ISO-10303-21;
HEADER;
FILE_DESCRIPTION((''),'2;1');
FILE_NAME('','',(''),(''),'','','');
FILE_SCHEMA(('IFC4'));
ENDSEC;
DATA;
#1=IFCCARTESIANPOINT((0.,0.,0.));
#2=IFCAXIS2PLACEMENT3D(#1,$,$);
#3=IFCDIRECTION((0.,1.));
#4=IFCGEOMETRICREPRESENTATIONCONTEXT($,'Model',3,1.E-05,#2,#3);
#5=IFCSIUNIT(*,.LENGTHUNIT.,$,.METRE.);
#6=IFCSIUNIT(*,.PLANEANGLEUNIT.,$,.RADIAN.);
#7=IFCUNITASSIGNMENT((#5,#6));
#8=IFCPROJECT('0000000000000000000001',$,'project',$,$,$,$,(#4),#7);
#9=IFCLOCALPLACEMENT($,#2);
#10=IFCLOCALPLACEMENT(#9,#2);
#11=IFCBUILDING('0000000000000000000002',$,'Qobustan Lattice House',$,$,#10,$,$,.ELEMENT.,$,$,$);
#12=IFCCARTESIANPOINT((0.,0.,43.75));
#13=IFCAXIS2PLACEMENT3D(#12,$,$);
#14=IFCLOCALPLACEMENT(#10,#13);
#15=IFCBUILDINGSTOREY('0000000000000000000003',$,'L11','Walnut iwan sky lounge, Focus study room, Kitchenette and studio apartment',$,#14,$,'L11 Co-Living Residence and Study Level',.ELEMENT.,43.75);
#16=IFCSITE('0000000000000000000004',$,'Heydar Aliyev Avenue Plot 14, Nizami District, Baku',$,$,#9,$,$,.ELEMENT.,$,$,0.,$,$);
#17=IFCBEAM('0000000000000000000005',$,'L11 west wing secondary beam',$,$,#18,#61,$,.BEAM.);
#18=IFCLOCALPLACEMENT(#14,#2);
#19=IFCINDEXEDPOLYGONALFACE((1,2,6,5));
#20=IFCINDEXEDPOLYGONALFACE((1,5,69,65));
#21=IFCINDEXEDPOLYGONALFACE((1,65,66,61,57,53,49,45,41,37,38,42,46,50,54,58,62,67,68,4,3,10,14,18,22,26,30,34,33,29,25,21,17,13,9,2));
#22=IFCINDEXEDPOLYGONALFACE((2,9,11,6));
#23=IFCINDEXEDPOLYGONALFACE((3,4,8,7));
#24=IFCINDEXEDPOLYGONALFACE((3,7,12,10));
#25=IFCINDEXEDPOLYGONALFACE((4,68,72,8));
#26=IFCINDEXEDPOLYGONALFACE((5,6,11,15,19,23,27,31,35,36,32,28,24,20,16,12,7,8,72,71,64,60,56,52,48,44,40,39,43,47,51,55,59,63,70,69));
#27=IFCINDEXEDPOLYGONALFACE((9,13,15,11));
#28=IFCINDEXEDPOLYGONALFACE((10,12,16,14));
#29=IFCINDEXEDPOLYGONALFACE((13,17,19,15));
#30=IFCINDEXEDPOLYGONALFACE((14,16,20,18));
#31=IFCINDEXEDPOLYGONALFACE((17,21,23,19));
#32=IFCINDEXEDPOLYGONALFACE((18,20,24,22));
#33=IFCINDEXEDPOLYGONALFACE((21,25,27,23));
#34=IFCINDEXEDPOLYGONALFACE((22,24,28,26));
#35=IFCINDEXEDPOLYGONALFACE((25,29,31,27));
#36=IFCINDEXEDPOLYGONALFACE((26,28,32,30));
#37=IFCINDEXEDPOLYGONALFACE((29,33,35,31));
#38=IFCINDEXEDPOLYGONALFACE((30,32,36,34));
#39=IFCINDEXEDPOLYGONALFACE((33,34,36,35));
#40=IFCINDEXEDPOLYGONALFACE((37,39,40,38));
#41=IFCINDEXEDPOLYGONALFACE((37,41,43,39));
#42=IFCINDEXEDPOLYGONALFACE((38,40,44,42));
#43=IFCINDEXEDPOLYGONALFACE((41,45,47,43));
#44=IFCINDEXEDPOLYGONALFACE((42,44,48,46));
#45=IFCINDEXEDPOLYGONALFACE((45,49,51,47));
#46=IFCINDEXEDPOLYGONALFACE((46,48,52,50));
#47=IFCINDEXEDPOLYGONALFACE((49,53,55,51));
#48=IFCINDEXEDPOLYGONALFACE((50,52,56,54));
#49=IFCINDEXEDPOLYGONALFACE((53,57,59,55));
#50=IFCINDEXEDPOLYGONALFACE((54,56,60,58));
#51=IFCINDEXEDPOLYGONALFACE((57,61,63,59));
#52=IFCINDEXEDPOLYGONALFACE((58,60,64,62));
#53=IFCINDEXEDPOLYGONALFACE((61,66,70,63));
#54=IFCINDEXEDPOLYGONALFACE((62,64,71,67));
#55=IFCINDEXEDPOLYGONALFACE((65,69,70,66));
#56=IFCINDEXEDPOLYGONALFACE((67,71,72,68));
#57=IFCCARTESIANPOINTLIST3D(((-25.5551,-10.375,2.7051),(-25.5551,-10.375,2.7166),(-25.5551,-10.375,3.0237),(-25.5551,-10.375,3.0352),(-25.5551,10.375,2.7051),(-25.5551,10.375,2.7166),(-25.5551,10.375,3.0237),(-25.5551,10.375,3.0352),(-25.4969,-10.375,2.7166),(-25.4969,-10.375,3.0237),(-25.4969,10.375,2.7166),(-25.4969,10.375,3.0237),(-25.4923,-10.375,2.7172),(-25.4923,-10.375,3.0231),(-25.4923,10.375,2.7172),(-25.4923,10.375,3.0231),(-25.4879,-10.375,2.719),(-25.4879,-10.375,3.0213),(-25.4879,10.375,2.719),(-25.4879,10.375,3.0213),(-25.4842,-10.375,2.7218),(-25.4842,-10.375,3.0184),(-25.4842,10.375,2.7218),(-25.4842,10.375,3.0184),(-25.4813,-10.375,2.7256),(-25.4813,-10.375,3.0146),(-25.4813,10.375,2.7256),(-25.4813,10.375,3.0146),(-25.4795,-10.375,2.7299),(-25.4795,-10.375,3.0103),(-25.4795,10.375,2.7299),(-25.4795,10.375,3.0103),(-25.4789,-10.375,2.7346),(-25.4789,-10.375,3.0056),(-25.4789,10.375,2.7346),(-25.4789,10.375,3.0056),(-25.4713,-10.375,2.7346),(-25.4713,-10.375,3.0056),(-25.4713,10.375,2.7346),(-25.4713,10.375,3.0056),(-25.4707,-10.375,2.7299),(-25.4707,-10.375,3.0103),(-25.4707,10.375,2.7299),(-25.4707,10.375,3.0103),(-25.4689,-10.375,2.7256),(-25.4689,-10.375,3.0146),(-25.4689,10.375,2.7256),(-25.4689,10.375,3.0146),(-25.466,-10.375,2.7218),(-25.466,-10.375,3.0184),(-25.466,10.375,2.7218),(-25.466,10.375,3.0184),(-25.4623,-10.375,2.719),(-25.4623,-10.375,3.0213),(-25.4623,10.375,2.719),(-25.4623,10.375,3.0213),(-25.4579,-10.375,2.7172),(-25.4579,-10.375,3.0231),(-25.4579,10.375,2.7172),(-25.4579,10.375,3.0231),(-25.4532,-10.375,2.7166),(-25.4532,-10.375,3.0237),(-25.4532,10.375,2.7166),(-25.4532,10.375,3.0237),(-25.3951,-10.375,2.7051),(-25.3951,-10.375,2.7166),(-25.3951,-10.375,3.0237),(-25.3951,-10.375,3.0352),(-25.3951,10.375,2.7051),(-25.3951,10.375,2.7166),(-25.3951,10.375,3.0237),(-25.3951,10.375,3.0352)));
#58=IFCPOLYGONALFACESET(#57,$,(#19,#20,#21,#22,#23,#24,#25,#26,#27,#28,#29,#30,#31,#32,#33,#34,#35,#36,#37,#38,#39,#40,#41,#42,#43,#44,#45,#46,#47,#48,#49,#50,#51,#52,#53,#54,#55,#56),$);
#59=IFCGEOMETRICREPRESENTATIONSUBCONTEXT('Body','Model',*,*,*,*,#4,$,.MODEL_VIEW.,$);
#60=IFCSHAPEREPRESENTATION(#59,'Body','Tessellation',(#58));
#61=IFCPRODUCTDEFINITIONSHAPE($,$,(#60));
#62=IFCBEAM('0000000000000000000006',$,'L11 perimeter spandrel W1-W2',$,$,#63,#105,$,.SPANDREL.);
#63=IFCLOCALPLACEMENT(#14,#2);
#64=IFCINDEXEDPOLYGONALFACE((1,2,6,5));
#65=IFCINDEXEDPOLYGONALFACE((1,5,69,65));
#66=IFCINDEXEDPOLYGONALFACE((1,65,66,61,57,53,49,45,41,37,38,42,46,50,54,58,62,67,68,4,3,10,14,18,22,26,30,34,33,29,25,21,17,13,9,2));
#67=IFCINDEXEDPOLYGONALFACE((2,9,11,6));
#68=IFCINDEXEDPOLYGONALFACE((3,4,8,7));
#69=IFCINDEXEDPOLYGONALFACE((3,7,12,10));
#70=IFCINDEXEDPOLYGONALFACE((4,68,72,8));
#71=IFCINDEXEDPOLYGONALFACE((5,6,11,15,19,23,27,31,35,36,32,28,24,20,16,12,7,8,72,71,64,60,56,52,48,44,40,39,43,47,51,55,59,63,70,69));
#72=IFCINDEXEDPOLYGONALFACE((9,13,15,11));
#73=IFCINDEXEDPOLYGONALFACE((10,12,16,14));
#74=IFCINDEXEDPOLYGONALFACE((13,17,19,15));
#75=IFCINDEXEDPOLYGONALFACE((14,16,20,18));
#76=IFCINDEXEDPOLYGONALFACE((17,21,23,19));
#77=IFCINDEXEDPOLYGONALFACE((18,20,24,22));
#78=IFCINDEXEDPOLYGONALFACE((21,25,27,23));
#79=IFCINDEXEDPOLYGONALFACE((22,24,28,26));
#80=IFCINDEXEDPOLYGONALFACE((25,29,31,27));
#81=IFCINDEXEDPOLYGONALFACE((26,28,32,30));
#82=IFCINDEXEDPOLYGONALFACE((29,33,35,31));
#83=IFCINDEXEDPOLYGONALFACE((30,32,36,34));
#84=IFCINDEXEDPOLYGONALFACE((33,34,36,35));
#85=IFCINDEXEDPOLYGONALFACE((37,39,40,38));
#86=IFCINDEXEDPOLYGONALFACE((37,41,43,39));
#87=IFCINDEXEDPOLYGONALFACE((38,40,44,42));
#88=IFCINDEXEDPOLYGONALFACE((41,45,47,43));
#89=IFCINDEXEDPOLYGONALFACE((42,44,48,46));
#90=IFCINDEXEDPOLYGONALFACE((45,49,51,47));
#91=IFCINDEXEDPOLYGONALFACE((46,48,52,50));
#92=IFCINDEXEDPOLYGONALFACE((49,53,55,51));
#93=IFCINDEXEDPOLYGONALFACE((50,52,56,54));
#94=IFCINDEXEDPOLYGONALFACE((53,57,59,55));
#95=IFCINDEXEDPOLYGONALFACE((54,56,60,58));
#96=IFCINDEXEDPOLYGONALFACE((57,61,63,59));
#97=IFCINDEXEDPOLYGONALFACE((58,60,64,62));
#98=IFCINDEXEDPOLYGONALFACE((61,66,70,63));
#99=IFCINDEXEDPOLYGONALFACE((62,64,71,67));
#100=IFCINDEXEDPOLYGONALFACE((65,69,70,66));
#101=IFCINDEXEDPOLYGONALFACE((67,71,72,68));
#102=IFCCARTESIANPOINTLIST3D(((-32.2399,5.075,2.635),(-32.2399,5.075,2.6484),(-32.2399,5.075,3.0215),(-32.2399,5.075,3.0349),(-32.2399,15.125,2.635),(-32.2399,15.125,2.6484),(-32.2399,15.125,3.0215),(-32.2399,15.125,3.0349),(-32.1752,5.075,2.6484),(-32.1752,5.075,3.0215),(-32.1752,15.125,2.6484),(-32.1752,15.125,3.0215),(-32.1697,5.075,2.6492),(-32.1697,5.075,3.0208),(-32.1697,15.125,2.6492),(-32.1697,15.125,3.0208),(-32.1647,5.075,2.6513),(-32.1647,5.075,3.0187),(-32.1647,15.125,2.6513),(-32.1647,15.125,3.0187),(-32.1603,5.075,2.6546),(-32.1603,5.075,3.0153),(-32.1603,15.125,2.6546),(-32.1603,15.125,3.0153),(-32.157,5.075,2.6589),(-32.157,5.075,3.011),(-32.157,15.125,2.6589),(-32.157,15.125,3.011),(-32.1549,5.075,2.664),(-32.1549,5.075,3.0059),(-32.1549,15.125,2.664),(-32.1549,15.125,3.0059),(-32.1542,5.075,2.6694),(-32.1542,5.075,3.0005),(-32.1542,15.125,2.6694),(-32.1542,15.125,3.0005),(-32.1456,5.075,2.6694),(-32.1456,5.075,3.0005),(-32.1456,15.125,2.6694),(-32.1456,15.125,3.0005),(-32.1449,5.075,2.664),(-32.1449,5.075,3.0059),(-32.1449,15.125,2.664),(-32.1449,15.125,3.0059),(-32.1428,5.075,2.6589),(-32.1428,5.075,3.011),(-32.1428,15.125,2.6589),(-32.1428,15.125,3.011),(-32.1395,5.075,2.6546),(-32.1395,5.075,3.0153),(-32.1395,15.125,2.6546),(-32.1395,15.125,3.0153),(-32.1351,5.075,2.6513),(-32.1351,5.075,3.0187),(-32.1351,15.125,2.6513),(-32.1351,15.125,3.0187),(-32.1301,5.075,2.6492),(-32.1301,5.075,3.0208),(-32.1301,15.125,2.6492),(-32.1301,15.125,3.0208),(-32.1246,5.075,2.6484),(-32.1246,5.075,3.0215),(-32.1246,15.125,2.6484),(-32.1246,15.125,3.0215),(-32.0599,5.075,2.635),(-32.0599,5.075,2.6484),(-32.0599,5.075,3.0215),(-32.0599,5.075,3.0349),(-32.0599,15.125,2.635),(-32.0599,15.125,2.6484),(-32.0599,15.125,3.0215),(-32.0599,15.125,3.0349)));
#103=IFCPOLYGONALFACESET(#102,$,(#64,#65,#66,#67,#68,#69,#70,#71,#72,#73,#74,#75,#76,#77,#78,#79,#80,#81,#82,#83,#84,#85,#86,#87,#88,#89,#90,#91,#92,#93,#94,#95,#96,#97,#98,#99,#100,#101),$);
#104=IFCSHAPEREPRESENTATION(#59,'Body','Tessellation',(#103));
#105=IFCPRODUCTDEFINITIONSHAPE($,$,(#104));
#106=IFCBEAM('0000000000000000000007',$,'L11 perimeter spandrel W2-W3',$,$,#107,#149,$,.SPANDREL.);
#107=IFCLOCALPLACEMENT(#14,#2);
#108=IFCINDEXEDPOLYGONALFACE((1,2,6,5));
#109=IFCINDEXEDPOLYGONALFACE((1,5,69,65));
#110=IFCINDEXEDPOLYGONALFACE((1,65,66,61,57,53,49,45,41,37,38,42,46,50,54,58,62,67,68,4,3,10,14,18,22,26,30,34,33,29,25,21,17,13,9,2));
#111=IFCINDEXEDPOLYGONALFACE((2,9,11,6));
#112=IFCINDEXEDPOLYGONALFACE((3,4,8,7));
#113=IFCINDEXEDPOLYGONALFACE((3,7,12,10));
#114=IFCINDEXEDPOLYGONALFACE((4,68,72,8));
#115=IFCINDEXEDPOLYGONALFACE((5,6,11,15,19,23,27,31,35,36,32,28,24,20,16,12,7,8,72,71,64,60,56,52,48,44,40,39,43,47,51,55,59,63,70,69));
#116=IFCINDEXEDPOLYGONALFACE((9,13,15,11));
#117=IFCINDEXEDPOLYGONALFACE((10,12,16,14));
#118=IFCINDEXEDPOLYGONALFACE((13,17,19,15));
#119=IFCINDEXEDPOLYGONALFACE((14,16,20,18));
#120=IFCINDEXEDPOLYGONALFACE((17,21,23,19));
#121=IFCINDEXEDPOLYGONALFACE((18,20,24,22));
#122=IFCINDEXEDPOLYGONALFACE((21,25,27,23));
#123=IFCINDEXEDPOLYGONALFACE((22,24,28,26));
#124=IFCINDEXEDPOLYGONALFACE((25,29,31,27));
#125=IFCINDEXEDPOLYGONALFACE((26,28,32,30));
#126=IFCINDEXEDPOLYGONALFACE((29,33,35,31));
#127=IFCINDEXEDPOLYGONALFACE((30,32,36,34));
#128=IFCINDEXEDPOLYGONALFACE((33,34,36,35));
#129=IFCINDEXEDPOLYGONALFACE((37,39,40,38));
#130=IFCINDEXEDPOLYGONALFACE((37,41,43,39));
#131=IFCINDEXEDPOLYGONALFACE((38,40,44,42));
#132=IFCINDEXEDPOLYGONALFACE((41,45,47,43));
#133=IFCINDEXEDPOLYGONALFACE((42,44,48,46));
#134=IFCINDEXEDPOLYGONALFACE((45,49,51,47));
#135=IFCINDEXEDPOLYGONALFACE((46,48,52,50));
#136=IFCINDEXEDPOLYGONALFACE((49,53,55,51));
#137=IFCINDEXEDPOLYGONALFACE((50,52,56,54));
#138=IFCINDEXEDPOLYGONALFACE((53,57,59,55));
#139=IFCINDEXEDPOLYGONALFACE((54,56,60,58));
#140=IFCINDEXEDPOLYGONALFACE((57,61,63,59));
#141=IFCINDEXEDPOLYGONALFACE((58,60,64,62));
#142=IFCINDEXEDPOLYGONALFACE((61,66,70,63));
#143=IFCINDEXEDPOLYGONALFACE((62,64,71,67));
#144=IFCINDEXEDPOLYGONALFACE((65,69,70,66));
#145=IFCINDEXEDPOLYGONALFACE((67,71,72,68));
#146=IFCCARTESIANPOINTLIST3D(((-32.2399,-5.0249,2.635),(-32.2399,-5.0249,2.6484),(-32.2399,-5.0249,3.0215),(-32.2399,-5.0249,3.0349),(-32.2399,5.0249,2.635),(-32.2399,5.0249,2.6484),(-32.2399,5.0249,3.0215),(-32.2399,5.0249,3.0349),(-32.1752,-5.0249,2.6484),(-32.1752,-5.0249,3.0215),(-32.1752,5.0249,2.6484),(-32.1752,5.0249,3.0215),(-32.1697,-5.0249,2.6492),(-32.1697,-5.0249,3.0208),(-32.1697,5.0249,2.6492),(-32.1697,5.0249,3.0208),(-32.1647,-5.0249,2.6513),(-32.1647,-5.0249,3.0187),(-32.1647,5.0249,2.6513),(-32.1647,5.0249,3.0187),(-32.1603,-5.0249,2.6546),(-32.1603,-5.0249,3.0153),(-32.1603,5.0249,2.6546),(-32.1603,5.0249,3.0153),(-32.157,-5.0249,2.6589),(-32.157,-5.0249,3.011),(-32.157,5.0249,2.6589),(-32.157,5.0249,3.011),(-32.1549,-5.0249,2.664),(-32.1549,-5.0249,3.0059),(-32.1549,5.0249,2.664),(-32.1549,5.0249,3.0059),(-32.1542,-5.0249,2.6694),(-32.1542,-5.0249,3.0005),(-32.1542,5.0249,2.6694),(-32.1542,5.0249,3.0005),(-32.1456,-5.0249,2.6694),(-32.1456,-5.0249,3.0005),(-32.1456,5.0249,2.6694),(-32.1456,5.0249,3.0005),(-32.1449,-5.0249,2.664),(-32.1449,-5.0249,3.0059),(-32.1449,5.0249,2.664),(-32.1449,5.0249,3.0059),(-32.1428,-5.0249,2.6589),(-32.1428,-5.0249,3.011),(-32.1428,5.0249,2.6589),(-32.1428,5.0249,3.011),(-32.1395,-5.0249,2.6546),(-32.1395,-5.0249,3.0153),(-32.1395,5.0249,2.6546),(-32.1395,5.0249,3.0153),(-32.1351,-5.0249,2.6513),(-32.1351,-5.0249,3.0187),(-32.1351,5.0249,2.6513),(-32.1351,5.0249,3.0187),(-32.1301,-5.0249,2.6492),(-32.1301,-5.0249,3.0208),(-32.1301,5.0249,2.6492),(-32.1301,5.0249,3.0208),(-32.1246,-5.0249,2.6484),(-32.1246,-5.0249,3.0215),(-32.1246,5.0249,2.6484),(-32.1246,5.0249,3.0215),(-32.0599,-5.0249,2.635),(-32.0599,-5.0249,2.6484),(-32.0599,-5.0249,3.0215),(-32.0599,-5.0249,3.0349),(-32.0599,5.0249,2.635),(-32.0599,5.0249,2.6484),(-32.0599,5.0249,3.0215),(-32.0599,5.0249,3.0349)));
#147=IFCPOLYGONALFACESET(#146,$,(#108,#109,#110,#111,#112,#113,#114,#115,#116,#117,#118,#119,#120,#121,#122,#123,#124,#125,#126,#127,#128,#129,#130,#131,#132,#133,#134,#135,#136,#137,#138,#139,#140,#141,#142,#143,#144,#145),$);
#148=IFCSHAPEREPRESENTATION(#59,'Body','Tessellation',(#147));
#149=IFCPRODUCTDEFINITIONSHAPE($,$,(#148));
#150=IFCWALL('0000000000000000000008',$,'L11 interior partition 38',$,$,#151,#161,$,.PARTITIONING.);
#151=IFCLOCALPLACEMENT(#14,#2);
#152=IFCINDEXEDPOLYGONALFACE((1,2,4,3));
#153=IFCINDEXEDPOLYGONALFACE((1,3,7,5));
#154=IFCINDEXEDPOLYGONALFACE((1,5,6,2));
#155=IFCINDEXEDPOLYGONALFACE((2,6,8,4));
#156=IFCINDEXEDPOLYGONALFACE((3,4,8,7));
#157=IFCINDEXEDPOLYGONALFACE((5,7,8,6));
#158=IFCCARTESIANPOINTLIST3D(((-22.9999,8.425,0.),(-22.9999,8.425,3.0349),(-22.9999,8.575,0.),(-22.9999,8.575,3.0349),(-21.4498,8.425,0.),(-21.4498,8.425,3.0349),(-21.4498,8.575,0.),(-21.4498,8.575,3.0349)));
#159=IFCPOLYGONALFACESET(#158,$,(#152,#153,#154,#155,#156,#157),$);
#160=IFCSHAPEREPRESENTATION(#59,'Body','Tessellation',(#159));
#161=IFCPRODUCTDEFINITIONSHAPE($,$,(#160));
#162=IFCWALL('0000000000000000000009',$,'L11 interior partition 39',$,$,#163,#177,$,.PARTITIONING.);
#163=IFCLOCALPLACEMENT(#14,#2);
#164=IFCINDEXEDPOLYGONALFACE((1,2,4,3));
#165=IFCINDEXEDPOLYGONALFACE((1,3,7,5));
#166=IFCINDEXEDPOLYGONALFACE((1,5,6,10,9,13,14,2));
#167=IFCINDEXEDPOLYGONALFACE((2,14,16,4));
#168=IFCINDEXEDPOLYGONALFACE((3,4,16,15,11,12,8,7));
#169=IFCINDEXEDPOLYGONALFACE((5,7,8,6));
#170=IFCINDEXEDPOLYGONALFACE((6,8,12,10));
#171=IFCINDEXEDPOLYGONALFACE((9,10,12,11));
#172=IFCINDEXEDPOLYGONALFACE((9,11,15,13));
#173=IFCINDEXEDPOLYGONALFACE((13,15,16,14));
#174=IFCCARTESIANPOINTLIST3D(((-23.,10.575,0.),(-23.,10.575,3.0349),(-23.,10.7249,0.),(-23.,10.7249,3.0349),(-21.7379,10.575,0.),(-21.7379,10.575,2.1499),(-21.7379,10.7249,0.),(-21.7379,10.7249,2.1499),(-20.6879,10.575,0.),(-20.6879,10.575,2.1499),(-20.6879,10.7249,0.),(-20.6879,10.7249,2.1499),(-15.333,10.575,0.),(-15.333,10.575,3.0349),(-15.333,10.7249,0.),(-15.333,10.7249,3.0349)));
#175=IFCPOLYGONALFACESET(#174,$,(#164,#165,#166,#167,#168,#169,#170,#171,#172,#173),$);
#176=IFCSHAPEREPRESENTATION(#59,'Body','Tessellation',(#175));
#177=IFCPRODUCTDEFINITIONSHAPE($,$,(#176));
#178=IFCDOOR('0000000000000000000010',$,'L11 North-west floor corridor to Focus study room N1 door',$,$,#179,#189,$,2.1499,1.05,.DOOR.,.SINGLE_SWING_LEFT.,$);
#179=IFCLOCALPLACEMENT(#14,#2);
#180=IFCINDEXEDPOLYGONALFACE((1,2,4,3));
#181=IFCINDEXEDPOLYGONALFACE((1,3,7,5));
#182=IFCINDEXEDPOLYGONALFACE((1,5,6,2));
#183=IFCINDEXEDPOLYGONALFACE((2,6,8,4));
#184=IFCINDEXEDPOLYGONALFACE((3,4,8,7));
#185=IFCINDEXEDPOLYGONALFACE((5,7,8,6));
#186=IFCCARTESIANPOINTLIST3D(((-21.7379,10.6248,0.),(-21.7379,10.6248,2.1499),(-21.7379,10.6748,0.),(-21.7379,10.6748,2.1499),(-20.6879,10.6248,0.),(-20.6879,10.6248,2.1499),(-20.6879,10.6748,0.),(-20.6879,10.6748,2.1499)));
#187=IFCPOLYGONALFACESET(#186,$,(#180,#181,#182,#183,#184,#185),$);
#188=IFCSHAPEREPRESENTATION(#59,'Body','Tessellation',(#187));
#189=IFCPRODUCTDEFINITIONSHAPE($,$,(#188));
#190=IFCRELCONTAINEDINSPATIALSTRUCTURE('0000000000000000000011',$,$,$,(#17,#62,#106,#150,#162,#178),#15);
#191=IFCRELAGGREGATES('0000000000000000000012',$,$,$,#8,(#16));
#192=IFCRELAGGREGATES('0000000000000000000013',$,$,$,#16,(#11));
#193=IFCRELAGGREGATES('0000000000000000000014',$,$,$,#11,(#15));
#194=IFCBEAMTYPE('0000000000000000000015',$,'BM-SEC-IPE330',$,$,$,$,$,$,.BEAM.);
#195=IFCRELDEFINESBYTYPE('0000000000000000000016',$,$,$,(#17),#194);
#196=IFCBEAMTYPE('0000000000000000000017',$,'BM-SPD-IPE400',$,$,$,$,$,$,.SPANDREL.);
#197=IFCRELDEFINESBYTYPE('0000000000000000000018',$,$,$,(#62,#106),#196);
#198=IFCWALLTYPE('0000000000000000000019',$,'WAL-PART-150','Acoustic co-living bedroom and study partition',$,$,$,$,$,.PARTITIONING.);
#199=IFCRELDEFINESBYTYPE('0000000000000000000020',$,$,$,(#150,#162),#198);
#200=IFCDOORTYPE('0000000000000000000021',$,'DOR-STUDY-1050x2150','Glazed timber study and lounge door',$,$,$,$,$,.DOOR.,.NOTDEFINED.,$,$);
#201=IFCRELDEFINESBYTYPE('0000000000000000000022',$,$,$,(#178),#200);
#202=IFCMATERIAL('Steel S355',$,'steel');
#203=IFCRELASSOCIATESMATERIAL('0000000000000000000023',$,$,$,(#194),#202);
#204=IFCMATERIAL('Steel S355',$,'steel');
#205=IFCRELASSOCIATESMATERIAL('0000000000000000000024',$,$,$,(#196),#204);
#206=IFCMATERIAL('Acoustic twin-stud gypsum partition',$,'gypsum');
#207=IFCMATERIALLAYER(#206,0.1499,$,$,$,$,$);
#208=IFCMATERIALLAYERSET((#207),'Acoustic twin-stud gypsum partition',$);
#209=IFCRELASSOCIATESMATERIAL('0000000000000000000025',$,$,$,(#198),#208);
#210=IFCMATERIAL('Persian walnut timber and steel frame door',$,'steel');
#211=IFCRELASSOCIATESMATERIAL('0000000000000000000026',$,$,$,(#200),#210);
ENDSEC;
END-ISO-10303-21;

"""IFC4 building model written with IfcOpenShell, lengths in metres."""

from ifc_helpers import new_model, si_unit, direction, frame, frame_2d, origin, origin_2d, place, context, subcontext, project, spatial, rectangle, i_section, extrude, material, layer, layer_set, material_profile, profile_set, type_object, element, fill, save


model = new_model("IFC4")

# Units and contexts
model_context = context("Model", 3, precision=1e-05, world=origin(), true_north=direction((0.0, 1.0)))
body_context = subcontext(model_context, "Body", "Model", "MODEL_VIEW")
ifc_project = project(units=[si_unit("LENGTHUNIT", "METRE"), si_unit("PLANEANGLEUNIT", "RADIAN")], contexts=[model_context])

# Site, building, storey
site_placement = place(None, origin())
site = spatial("IfcSite", under=ifc_project, at=site_placement, Name="Heydar Aliyev Avenue Plot 14, Nizami District, Baku", CompositionType="ELEMENT", RefElevation=0.0)
building_placement = place(site_placement, origin())
building = spatial("IfcBuilding", under=site, at=building_placement, Name="Qobustan Lattice House", CompositionType="ELEMENT")
storey_placement = place(building_placement, frame((0.0, 0.0, 43.75)))
storey = spatial("IfcBuildingStorey", under=building, at=storey_placement, Name="L11", Description="Walnut iwan sky lounge, Focus study room, Kitchenette and studio apartment", LongName="L11 Co-Living Residence and Study Level", CompositionType="ELEMENT", Elevation=43.75)

# Beams
ifc_material_1 = material(Name="Steel S355", Category="steel")
ifc_material_profile_1 = material_profile(ifc_material_1, i_section(OverallWidth=0.1599, OverallDepth=0.3301, WebThickness=0.0076, FlangeThickness=0.0115, FilletRadius=0.0181, at=origin_2d()), Name="IPE330")
ifc_profile_set_1 = profile_set([ifc_material_profile_1], Name="Steel S355")
beam_type_1 = type_object("IfcBeamType", Name="BM-SEC-IPE330", PredefinedType="BEAM", material=ifc_profile_set_1)
beam_1_placement = place(storey_placement, frame((-25.4751, 10.375, 2.8701), z_axis=(0.0, -1.0, 0.0), x_axis=(1.0, 0.0, 0.0)))
element("IfcBeam", 1, at=beam_1_placement, inside=storey, type_object=beam_type_1, Name="L11 west wing secondary beam", PredefinedType="BEAM", context=body_context, shape_type="SweptSolid", body=[
    extrude(i_section(OverallWidth=0.1599, OverallDepth=0.3301, WebThickness=0.0076, FlangeThickness=0.0115, FilletRadius=0.0181, at=origin_2d()), origin(), (0.0, 0.0, 1.0), 20.75),
])
ifc_material_2 = material(Name="Steel S355", Category="steel")
ifc_material_profile_2 = material_profile(ifc_material_2, i_section(OverallWidth=0.1799, OverallDepth=0.3999, WebThickness=0.0085, FlangeThickness=0.0134, FilletRadius=0.021, at=origin_2d()), Name="IPE400")
ifc_profile_set_2 = profile_set([ifc_material_profile_2], Name="Steel S355")
beam_type_2 = type_object("IfcBeamType", Name="BM-SPD-IPE400", PredefinedType="SPANDREL", material=ifc_profile_set_2)
beam_2_placement = place(storey_placement, frame((-32.1499, 15.125, 2.835), z_axis=(0.0, -1.0, 0.0), x_axis=(1.0, 0.0, 0.0)))
element("IfcBeam", 2, at=beam_2_placement, inside=storey, type_object=beam_type_2, Name="L11 perimeter spandrel W1-W2", PredefinedType="SPANDREL", context=body_context, shape_type="SweptSolid", body=[
    extrude(i_section(OverallWidth=0.1799, OverallDepth=0.3999, WebThickness=0.0085, FlangeThickness=0.0134, FilletRadius=0.021, at=origin_2d()), origin(), (0.0, 0.0, 1.0), 10.05),
])
beam_3_placement = place(storey_placement, frame((-32.1499, 5.0249, 2.835), z_axis=(0.0, -1.0, 0.0), x_axis=(1.0, 0.0, 0.0)))
element("IfcBeam", 3, at=beam_3_placement, inside=storey, type_object=beam_type_2, Name="L11 perimeter spandrel W2-W3", PredefinedType="SPANDREL", context=body_context, shape_type="SweptSolid", body=[
    extrude(i_section(OverallWidth=0.1799, OverallDepth=0.3999, WebThickness=0.0085, FlangeThickness=0.0134, FilletRadius=0.021, at=origin_2d()), origin(), (0.0, 0.0, 1.0), 10.0498),
])

# Wall
ifc_material_3 = material(Name="Acoustic twin-stud gypsum partition", Category="gypsum")
ifc_layer_1 = layer(ifc_material_3, 0.1499)
ifc_layer_set_1 = layer_set([ifc_layer_1], Name="Acoustic twin-stud gypsum partition")
wall_type_1 = type_object("IfcWallType", Name="WAL-PART-150", Description="Acoustic co-living bedroom and study partition", PredefinedType="PARTITIONING", material=ifc_layer_set_1)
wall_1_placement = place(storey_placement, frame((-21.45, 8.5, 0.0), z_axis=(0.0, 0.0, 1.0), x_axis=(-1.0, 0.0, 0.0)))
element("IfcWall", 4, at=wall_1_placement, inside=storey, type_object=wall_type_1, Name="L11 interior partition 38", PredefinedType="PARTITIONING", context=body_context, shape_type="SweptSolid", body=[
    extrude(rectangle(XDim=1.55, YDim=0.1499, at=frame_2d((0.7749, 0.0))), origin(), (0.0, 0.0, 1.0), 3.0349),
])

# Wall, opening, door
wall_2_placement = place(storey_placement, frame((-23.0, 10.6499, 0.0), z_axis=(0.0, 0.0, 1.0), x_axis=(1.0, 0.0, 0.0)))
wall_2 = element("IfcWall", 5, at=wall_2_placement, inside=storey, type_object=wall_type_1, Name="L11 interior partition 39", PredefinedType="PARTITIONING", context=body_context, shape_type="SweptSolid", body=[
    extrude(rectangle(XDim=7.667, YDim=0.1499, at=frame_2d((3.8335, 0.0))), origin(), (0.0, 0.0, 1.0), 3.0349),
])
opening_1_placement = place(wall_2_placement, frame((1.2622, 0.0, 0.0)))
opening_1 = element("IfcOpeningElement", 6, at=opening_1_placement, cuts=wall_2, PredefinedType="OPENING", context=body_context, shape_type="SweptSolid", body=[
    extrude(rectangle(XDim=1.05, YDim=2.1499, at=frame_2d((0.5249, 1.075))), frame((0.0, 0.085, 0.0), z_axis=(0.0, -1.0, 0.0), x_axis=(1.0, 0.0, 0.0)), (0.0, 0.0, 1.0), 0.1699),
])
ifc_material_4 = material(Name="Persian walnut timber and steel frame door", Category="steel")
door_type_1 = type_object("IfcDoorType", Name="DOR-STUDY-1050x2150", Description="Glazed timber study and lounge door", OperationType="NOTDEFINED", PredefinedType="DOOR", material=ifc_material_4)
door_1_placement = place(opening_1_placement, origin())
door_1 = element("IfcDoor", 7, at=door_1_placement, inside=storey, type_object=door_type_1, Name="L11 North-west floor corridor to Focus study room N1 door", OperationType="SINGLE_SWING_LEFT", OverallHeight=2.1499, OverallWidth=1.05, PredefinedType="DOOR", context=body_context, shape_type="SweptSolid", body=[
    extrude(rectangle(XDim=1.05, YDim=2.1499, at=frame_2d((0.5249, 1.075))), frame((0.0, 0.0249, 0.0), z_axis=(0.0, -1.0, 0.0), x_axis=(1.0, 0.0, 0.0)), (0.0, 0.0, 1.0), 0.05),
])
fill(opening_1, door_1)

save(model, "model.ifc")
